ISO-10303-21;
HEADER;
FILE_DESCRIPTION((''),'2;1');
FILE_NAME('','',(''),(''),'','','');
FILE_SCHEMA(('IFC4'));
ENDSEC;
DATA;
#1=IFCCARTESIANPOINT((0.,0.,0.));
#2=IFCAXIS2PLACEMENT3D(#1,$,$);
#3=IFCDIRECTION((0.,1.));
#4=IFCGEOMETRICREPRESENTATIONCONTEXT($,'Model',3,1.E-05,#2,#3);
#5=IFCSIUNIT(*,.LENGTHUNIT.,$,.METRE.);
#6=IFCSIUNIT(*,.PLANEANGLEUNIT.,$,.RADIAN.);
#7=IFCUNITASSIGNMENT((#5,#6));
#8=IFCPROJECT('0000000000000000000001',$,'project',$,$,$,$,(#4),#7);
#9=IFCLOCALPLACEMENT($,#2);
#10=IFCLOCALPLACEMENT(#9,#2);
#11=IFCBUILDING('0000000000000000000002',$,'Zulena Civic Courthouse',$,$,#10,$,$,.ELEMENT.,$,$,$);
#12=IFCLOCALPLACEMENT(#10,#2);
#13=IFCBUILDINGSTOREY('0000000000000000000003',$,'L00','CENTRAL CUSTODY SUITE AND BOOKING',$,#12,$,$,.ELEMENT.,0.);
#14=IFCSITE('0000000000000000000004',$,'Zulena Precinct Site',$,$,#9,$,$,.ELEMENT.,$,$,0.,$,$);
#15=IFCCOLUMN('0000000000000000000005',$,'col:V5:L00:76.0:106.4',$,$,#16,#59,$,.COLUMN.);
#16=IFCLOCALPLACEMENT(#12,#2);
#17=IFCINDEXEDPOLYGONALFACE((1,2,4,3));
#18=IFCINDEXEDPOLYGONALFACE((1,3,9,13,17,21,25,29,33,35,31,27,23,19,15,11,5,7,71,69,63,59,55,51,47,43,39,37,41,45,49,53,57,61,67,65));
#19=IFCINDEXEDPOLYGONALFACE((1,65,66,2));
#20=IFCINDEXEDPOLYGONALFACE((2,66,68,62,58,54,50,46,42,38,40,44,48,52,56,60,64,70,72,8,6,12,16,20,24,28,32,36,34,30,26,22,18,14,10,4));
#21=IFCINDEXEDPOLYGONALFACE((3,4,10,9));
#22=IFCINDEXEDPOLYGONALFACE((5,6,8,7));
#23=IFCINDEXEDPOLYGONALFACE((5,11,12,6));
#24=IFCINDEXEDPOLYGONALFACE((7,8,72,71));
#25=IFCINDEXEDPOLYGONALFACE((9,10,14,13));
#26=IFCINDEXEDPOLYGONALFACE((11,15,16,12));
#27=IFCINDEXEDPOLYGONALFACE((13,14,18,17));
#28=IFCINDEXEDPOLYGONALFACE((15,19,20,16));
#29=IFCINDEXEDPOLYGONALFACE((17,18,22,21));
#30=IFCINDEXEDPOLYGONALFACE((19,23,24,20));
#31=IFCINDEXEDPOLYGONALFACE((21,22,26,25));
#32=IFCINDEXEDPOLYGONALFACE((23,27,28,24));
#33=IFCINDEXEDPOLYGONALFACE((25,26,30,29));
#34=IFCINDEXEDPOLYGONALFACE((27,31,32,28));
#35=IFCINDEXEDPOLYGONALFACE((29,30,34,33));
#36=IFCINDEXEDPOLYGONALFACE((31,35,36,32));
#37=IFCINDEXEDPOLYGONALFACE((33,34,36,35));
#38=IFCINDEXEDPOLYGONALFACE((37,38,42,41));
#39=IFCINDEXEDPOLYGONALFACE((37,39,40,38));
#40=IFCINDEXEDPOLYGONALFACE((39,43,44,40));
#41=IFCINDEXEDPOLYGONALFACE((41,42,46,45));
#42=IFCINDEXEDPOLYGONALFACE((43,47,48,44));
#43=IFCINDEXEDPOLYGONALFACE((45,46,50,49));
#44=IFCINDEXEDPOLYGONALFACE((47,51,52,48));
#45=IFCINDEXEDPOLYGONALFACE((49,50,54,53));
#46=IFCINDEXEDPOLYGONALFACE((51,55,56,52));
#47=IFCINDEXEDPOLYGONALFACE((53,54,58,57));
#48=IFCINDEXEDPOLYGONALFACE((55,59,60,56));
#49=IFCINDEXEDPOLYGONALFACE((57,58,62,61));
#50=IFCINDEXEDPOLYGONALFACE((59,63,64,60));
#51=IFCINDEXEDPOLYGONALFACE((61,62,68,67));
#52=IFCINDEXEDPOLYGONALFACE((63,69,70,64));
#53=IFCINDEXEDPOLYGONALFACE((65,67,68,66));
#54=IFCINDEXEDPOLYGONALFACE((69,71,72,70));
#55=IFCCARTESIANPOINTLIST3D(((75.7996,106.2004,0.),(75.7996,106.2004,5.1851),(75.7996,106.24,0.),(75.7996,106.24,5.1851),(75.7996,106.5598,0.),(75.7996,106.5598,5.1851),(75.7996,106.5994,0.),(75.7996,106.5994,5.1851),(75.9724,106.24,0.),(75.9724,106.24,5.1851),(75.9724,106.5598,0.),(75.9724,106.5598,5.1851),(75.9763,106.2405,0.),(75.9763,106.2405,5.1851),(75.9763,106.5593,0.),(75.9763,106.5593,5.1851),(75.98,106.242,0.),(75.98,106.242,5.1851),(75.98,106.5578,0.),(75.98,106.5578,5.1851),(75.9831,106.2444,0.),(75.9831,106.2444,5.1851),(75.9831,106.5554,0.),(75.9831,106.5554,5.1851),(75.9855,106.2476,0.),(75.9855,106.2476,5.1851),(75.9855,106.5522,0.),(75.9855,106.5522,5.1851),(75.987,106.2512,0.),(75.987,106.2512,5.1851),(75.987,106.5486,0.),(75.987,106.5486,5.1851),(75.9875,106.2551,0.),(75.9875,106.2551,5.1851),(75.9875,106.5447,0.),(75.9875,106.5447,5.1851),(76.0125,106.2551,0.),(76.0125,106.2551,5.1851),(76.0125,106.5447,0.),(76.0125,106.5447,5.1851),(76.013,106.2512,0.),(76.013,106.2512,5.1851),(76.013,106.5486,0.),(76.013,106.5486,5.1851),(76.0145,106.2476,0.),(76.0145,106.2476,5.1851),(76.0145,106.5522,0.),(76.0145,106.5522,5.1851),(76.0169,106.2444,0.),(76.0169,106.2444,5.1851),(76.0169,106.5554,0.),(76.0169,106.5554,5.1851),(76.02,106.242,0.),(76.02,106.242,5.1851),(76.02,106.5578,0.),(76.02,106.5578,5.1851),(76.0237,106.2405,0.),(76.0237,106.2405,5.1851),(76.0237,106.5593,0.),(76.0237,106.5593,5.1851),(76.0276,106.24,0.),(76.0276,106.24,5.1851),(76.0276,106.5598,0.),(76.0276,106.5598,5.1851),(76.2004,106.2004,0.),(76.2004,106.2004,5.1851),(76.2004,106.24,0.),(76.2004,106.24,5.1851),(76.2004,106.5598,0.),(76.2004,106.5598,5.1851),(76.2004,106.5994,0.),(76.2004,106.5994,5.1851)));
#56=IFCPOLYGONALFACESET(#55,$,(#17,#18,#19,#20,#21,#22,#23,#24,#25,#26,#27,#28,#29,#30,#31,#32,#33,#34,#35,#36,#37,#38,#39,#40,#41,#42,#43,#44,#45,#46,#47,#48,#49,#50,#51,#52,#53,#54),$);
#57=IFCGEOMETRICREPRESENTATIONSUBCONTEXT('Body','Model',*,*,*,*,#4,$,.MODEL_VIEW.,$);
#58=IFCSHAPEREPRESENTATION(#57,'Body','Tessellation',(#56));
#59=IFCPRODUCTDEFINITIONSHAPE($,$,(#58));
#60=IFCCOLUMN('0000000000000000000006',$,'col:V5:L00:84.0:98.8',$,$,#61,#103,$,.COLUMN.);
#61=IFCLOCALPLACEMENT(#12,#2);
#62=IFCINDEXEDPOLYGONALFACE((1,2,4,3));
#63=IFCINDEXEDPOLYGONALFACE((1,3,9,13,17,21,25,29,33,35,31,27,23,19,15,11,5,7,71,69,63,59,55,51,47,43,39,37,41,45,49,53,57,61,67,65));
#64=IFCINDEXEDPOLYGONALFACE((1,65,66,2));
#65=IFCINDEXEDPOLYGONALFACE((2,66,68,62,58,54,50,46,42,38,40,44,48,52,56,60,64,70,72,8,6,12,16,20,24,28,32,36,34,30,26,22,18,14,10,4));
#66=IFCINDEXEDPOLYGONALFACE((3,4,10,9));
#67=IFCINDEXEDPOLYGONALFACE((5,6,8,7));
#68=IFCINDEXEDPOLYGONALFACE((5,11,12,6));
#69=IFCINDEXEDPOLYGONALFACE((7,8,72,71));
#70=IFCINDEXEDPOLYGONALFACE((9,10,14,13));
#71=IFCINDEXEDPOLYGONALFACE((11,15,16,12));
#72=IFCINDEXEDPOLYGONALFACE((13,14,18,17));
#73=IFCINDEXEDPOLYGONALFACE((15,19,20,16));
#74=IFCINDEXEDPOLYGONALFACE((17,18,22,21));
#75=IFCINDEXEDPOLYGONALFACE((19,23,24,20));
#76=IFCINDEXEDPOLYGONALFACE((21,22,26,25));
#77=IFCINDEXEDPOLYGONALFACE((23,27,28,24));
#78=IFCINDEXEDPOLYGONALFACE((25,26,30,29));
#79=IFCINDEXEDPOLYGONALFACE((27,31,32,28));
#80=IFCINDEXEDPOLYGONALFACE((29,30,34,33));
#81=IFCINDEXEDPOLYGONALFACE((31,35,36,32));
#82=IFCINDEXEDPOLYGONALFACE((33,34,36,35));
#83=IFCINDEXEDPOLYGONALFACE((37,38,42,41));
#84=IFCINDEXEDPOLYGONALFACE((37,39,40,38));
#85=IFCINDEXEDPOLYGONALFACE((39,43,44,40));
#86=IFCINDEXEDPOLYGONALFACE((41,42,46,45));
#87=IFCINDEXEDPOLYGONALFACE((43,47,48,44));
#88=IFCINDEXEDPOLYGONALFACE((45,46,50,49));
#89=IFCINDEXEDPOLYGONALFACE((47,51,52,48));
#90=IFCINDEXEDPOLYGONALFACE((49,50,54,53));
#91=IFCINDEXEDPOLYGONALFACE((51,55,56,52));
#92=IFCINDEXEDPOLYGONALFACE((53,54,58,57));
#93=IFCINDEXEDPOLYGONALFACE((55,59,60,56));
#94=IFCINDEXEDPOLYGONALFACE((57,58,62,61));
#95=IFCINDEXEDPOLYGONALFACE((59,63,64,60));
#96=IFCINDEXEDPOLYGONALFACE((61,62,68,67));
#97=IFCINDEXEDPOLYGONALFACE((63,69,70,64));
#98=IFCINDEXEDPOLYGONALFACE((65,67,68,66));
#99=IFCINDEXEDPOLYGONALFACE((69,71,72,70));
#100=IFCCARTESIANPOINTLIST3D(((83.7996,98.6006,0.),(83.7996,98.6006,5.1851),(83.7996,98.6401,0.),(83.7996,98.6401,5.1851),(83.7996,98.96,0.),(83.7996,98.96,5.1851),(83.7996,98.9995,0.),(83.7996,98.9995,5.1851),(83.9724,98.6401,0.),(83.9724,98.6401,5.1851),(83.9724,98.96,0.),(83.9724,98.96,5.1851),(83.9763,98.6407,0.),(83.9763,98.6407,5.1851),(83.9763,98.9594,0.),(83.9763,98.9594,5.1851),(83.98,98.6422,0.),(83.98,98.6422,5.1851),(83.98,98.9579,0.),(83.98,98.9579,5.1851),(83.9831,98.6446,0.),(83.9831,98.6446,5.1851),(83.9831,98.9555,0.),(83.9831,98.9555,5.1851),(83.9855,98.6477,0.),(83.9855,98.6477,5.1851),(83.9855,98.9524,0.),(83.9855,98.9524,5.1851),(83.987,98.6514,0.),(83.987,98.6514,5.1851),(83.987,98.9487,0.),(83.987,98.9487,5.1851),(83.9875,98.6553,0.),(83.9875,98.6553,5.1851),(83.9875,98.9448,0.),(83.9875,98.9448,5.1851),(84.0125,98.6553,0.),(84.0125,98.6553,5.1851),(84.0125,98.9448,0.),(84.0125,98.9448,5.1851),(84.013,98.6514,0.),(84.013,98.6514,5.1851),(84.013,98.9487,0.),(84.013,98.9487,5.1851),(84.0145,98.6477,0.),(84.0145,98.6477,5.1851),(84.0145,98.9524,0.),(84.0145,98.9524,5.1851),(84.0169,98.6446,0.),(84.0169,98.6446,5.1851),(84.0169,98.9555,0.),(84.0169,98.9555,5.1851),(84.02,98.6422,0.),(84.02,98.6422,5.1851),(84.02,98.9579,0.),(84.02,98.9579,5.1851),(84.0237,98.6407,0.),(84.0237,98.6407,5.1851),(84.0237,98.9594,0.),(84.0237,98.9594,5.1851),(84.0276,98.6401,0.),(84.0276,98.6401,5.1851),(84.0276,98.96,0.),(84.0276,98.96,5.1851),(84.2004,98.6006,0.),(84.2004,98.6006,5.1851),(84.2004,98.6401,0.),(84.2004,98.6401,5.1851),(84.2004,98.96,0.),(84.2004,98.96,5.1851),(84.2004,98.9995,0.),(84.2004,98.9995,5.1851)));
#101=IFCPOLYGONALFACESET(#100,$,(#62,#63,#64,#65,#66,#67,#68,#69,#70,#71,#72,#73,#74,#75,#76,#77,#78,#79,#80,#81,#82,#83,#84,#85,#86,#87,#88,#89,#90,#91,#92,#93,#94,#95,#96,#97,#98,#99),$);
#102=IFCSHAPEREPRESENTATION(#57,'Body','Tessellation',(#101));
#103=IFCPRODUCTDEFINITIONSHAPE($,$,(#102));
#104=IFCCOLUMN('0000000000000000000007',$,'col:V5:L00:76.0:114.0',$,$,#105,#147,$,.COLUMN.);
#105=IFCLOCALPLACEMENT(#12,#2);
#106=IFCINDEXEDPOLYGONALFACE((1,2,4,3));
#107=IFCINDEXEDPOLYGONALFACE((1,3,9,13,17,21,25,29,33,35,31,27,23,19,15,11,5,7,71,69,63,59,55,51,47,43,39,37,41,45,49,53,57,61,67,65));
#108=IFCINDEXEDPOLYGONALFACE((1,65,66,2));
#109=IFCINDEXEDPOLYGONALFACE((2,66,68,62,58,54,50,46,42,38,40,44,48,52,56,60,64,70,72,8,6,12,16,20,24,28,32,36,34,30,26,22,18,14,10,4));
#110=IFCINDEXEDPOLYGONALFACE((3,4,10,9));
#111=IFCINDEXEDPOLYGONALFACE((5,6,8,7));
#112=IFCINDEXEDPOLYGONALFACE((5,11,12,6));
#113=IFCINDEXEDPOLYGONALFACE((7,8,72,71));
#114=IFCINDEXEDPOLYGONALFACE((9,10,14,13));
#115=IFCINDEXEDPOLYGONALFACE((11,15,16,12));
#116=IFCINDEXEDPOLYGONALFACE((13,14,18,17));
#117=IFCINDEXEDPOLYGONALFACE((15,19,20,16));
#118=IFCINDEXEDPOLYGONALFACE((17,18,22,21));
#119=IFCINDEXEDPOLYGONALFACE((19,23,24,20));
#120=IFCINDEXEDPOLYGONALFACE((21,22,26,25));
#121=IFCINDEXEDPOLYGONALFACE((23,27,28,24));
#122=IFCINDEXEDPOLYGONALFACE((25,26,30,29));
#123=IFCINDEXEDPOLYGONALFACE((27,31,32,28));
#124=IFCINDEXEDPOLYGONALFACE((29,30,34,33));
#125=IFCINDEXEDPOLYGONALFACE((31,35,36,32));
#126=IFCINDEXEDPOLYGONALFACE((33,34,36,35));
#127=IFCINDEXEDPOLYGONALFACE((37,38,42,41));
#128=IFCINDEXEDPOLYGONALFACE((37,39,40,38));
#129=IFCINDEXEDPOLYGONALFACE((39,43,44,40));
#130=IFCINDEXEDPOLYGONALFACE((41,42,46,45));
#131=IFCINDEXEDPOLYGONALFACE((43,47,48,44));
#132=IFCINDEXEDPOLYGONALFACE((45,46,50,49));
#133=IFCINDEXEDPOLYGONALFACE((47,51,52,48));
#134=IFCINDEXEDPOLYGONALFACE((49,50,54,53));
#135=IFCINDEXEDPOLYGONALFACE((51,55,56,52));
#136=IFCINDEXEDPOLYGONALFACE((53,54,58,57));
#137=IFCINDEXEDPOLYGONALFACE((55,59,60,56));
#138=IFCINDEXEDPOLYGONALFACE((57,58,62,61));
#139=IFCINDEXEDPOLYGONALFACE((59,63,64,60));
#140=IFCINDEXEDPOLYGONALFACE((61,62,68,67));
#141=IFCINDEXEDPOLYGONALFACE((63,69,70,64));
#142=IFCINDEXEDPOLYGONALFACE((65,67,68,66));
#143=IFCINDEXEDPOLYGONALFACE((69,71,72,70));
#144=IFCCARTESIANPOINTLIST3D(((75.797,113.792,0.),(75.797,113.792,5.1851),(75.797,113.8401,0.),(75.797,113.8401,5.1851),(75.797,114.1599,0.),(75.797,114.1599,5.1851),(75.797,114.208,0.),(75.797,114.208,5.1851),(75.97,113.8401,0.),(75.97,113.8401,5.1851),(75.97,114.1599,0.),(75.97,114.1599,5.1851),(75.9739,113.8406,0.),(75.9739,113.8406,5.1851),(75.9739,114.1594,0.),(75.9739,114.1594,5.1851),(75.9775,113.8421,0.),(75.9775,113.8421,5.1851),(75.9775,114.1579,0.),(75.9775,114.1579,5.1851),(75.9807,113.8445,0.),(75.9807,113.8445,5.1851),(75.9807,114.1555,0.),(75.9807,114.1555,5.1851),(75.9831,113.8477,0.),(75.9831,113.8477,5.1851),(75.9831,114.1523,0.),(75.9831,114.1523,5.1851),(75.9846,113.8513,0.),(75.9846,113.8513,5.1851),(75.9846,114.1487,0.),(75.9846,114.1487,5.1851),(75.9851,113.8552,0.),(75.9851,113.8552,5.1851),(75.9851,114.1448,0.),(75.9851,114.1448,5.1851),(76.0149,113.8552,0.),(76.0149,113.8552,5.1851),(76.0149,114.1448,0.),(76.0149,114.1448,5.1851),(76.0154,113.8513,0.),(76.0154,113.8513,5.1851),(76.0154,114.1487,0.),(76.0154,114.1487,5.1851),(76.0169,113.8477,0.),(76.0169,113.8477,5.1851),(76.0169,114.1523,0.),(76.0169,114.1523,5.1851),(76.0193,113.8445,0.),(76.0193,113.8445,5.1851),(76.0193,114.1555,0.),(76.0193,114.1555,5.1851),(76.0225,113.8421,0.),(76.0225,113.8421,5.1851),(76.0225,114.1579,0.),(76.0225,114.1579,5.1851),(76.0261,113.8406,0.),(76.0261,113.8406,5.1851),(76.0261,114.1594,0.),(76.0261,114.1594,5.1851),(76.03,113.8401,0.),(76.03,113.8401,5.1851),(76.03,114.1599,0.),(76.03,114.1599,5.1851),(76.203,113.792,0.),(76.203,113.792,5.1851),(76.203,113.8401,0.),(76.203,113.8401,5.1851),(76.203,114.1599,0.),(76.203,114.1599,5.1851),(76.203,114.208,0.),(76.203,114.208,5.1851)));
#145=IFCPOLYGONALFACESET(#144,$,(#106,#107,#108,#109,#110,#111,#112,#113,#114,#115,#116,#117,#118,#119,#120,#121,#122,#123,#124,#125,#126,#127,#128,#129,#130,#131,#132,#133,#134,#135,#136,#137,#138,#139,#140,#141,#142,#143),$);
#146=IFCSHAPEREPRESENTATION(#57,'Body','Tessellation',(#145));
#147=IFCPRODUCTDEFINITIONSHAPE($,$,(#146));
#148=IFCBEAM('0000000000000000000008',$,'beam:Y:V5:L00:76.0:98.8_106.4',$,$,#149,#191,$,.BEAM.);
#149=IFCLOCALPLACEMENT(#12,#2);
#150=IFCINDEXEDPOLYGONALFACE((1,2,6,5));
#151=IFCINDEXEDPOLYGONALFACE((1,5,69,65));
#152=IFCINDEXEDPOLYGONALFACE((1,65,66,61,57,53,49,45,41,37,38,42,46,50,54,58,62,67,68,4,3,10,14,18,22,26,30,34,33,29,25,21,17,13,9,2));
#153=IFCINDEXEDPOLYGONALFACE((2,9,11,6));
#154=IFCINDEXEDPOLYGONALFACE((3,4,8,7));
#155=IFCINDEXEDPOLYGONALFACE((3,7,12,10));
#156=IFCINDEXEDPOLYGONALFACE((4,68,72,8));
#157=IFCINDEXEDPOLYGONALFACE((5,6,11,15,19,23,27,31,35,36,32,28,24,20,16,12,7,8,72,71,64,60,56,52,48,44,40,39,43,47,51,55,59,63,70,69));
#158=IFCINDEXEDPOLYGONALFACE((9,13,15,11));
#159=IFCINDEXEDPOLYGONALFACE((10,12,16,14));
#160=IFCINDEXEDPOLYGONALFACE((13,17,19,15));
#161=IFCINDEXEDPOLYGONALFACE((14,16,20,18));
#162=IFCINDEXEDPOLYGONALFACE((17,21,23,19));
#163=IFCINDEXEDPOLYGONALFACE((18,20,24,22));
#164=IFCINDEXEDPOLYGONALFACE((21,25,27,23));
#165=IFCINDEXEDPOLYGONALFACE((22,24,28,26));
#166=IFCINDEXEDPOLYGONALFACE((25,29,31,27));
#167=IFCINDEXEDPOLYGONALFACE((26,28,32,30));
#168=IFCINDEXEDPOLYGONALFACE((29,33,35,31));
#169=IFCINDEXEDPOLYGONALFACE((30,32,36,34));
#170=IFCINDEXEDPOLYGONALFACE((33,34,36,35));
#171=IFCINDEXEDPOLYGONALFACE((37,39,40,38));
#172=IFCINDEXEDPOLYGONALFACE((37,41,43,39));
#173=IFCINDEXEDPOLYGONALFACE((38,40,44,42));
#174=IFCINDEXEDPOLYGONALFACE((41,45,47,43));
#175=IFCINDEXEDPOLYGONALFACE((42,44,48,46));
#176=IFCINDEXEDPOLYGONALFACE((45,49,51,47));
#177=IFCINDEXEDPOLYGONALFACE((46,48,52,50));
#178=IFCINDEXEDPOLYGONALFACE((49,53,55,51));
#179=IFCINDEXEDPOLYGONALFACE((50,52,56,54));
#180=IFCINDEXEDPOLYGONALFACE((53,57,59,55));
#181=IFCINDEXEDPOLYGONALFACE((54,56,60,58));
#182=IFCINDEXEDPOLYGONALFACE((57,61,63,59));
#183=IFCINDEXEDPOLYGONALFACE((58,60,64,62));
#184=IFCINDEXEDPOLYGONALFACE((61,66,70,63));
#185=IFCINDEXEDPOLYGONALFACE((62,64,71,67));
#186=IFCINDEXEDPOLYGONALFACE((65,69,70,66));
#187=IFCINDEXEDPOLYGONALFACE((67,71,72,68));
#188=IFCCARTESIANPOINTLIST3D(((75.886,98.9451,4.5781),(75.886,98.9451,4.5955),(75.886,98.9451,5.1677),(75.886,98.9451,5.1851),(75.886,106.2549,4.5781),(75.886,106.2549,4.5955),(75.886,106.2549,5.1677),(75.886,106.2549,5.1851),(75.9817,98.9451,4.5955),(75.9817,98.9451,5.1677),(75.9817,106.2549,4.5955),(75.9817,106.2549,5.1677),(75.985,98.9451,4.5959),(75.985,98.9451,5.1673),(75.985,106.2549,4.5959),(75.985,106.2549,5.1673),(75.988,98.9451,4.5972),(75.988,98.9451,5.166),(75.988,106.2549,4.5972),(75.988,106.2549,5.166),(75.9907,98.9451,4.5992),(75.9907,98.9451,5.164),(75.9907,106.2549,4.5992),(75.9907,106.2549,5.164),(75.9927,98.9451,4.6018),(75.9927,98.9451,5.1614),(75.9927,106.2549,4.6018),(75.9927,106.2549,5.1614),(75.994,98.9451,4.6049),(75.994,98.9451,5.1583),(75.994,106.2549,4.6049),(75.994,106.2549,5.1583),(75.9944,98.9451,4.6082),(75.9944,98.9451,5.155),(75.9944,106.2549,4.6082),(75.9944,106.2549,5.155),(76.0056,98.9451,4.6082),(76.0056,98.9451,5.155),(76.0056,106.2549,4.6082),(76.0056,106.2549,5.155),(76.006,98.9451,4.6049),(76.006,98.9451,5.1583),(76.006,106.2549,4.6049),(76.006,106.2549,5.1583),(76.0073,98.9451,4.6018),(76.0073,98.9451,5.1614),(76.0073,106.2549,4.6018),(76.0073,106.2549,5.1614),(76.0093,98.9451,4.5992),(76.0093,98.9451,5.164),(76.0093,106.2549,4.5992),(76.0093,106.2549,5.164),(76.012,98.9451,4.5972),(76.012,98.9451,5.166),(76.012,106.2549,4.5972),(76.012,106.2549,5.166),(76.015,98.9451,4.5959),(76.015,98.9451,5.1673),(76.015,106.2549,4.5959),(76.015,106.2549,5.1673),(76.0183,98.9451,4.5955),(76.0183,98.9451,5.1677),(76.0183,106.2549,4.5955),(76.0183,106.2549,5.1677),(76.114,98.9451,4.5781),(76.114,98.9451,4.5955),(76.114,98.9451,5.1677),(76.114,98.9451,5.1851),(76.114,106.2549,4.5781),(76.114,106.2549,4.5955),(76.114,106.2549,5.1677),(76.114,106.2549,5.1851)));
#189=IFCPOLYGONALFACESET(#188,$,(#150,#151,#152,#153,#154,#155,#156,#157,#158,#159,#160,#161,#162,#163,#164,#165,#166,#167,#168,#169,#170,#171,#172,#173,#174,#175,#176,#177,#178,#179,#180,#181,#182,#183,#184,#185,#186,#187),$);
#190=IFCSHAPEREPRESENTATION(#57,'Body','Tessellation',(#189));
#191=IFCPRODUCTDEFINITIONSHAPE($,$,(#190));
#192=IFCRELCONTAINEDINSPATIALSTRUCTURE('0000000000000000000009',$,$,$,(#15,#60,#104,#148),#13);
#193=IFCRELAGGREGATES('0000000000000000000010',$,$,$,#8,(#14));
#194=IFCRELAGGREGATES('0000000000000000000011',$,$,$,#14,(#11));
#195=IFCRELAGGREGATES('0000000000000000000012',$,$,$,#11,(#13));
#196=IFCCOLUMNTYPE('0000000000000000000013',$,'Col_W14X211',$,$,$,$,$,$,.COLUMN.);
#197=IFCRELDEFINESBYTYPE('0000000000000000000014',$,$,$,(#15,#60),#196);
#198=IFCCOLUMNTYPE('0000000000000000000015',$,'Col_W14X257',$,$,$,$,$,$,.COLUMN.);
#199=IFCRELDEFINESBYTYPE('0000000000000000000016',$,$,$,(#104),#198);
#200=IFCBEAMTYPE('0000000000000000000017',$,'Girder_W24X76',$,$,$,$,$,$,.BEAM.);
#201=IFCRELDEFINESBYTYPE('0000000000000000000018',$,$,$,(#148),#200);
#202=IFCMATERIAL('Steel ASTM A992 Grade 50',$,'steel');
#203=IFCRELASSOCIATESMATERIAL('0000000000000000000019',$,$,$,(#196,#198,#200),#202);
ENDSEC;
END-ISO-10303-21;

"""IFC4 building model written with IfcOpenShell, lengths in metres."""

from ifc_helpers import new_model, si_unit, direction, frame, origin, origin_2d, place, context, subcontext, project, spatial, i_section, extrude, material, material_profile, profile_set, type_object, element, save


model = new_model("IFC4")

# Units and contexts
model_context = context("Model", 3, precision=1e-05, world=origin(), true_north=direction((0.0, 1.0)))
body_context = subcontext(model_context, "Body", "Model", "MODEL_VIEW")
ifc_project = project(units=[si_unit("LENGTHUNIT", "METRE"), si_unit("PLANEANGLEUNIT", "RADIAN")], contexts=[model_context])

# Site, building, storey
site_placement = place(None, origin())
site = spatial("IfcSite", under=ifc_project, at=site_placement, Name="Zulena Precinct Site", CompositionType="ELEMENT", RefElevation=0.0)
building_placement = place(site_placement, origin())
building = spatial("IfcBuilding", under=site, at=building_placement, Name="Zulena Civic Courthouse", CompositionType="ELEMENT")
storey_placement = place(building_placement, origin())
storey = spatial("IfcBuildingStorey", under=building, at=storey_placement, Name="L00", Description="CENTRAL CUSTODY SUITE AND BOOKING", CompositionType="ELEMENT", Elevation=0.0)

# Columns
ifc_material_1 = material(Name="Steel ASTM A992 Grade 50", Category="steel")
ifc_material_profile_1 = material_profile(ifc_material_1, i_section(OverallWidth=0.4009, OverallDepth=0.3989, WebThickness=0.0249, FlangeThickness=0.0396, FilletRadius=0.0151, at=origin_2d()), Name="W14X211")
ifc_profile_set_1 = profile_set([ifc_material_profile_1], Name="Steel ASTM A992 Grade 50")
column_type_1 = type_object("IfcColumnType", Name="Col_W14X211", PredefinedType="COLUMN", material=ifc_profile_set_1)
for number, where, z_axis, x_axis, name in (
    (1, (76.0, 106.3999, 0.0), (0.0, 0.0, 1.0), (1.0, 0.0, 0.0), "col:V5:L00:76.0:106.4"),
    (2, (84.0, 98.8, 0.0), (0.0, 0.0, 1.0), (1.0, 0.0, 0.0), "col:V5:L00:84.0:98.8"),
):
    element("IfcColumn", number, at=place(storey_placement, frame(where, z_axis=z_axis, x_axis=x_axis)), inside=storey, type_object=column_type_1, Name=name, PredefinedType="COLUMN", context=body_context, shape_type="SweptSolid", body=[
        extrude(i_section(OverallWidth=0.4009, OverallDepth=0.3989, WebThickness=0.0249, FlangeThickness=0.0396, FilletRadius=0.0151, at=origin_2d()), origin(), (0.0, 0.0, 1.0), 5.1851),
    ])
ifc_material_profile_2 = material_profile(ifc_material_1, i_section(OverallWidth=0.406, OverallDepth=0.416, WebThickness=0.0298, FlangeThickness=0.0481, FilletRadius=0.0151, at=origin_2d()), Name="W14X257")
ifc_profile_set_2 = profile_set([ifc_material_profile_2], Name="Steel ASTM A992 Grade 50")
column_type_2 = type_object("IfcColumnType", Name="Col_W14X257", PredefinedType="COLUMN", material=ifc_profile_set_2)
column_placement = place(storey_placement, frame((76.0, 114.0, 0.0), z_axis=(0.0, 0.0, 1.0), x_axis=(1.0, 0.0, 0.0)))
element("IfcColumn", 3, at=column_placement, inside=storey, type_object=column_type_2, Name="col:V5:L00:76.0:114.0", PredefinedType="COLUMN", context=body_context, shape_type="SweptSolid", body=[
    extrude(i_section(OverallWidth=0.406, OverallDepth=0.416, WebThickness=0.0298, FlangeThickness=0.0481, FilletRadius=0.0151, at=origin_2d()), origin(), (0.0, 0.0, 1.0), 5.1851),
])

# Beam
ifc_material_profile_3 = material_profile(ifc_material_1, i_section(OverallWidth=0.228, OverallDepth=0.6069, WebThickness=0.0112, FlangeThickness=0.0173, FilletRadius=0.0127, at=origin_2d()), Name="W24X76")
ifc_profile_set_3 = profile_set([ifc_material_profile_3], Name="Steel ASTM A992 Grade 50")
beam_type_1 = type_object("IfcBeamType", Name="Girder_W24X76", PredefinedType="BEAM", material=ifc_profile_set_3)
beam_1_placement = place(storey_placement, frame((76.0, 98.9451, 4.8816), z_axis=(0.0, 1.0, 0.0), x_axis=(-1.0, 0.0, 0.0)))
element("IfcBeam", 4, at=beam_1_placement, inside=storey, type_object=beam_type_1, Name="beam:Y:V5:L00:76.0:98.8_106.4", PredefinedType="BEAM", context=body_context, shape_type="SweptSolid", body=[
    extrude(i_section(OverallWidth=0.228, OverallDepth=0.6069, WebThickness=0.0112, FlangeThickness=0.0173, FilletRadius=0.0127, at=origin_2d()), origin(), (0.0, 0.0, 1.0), 7.3098),
])

save(model, "model.ifc")
